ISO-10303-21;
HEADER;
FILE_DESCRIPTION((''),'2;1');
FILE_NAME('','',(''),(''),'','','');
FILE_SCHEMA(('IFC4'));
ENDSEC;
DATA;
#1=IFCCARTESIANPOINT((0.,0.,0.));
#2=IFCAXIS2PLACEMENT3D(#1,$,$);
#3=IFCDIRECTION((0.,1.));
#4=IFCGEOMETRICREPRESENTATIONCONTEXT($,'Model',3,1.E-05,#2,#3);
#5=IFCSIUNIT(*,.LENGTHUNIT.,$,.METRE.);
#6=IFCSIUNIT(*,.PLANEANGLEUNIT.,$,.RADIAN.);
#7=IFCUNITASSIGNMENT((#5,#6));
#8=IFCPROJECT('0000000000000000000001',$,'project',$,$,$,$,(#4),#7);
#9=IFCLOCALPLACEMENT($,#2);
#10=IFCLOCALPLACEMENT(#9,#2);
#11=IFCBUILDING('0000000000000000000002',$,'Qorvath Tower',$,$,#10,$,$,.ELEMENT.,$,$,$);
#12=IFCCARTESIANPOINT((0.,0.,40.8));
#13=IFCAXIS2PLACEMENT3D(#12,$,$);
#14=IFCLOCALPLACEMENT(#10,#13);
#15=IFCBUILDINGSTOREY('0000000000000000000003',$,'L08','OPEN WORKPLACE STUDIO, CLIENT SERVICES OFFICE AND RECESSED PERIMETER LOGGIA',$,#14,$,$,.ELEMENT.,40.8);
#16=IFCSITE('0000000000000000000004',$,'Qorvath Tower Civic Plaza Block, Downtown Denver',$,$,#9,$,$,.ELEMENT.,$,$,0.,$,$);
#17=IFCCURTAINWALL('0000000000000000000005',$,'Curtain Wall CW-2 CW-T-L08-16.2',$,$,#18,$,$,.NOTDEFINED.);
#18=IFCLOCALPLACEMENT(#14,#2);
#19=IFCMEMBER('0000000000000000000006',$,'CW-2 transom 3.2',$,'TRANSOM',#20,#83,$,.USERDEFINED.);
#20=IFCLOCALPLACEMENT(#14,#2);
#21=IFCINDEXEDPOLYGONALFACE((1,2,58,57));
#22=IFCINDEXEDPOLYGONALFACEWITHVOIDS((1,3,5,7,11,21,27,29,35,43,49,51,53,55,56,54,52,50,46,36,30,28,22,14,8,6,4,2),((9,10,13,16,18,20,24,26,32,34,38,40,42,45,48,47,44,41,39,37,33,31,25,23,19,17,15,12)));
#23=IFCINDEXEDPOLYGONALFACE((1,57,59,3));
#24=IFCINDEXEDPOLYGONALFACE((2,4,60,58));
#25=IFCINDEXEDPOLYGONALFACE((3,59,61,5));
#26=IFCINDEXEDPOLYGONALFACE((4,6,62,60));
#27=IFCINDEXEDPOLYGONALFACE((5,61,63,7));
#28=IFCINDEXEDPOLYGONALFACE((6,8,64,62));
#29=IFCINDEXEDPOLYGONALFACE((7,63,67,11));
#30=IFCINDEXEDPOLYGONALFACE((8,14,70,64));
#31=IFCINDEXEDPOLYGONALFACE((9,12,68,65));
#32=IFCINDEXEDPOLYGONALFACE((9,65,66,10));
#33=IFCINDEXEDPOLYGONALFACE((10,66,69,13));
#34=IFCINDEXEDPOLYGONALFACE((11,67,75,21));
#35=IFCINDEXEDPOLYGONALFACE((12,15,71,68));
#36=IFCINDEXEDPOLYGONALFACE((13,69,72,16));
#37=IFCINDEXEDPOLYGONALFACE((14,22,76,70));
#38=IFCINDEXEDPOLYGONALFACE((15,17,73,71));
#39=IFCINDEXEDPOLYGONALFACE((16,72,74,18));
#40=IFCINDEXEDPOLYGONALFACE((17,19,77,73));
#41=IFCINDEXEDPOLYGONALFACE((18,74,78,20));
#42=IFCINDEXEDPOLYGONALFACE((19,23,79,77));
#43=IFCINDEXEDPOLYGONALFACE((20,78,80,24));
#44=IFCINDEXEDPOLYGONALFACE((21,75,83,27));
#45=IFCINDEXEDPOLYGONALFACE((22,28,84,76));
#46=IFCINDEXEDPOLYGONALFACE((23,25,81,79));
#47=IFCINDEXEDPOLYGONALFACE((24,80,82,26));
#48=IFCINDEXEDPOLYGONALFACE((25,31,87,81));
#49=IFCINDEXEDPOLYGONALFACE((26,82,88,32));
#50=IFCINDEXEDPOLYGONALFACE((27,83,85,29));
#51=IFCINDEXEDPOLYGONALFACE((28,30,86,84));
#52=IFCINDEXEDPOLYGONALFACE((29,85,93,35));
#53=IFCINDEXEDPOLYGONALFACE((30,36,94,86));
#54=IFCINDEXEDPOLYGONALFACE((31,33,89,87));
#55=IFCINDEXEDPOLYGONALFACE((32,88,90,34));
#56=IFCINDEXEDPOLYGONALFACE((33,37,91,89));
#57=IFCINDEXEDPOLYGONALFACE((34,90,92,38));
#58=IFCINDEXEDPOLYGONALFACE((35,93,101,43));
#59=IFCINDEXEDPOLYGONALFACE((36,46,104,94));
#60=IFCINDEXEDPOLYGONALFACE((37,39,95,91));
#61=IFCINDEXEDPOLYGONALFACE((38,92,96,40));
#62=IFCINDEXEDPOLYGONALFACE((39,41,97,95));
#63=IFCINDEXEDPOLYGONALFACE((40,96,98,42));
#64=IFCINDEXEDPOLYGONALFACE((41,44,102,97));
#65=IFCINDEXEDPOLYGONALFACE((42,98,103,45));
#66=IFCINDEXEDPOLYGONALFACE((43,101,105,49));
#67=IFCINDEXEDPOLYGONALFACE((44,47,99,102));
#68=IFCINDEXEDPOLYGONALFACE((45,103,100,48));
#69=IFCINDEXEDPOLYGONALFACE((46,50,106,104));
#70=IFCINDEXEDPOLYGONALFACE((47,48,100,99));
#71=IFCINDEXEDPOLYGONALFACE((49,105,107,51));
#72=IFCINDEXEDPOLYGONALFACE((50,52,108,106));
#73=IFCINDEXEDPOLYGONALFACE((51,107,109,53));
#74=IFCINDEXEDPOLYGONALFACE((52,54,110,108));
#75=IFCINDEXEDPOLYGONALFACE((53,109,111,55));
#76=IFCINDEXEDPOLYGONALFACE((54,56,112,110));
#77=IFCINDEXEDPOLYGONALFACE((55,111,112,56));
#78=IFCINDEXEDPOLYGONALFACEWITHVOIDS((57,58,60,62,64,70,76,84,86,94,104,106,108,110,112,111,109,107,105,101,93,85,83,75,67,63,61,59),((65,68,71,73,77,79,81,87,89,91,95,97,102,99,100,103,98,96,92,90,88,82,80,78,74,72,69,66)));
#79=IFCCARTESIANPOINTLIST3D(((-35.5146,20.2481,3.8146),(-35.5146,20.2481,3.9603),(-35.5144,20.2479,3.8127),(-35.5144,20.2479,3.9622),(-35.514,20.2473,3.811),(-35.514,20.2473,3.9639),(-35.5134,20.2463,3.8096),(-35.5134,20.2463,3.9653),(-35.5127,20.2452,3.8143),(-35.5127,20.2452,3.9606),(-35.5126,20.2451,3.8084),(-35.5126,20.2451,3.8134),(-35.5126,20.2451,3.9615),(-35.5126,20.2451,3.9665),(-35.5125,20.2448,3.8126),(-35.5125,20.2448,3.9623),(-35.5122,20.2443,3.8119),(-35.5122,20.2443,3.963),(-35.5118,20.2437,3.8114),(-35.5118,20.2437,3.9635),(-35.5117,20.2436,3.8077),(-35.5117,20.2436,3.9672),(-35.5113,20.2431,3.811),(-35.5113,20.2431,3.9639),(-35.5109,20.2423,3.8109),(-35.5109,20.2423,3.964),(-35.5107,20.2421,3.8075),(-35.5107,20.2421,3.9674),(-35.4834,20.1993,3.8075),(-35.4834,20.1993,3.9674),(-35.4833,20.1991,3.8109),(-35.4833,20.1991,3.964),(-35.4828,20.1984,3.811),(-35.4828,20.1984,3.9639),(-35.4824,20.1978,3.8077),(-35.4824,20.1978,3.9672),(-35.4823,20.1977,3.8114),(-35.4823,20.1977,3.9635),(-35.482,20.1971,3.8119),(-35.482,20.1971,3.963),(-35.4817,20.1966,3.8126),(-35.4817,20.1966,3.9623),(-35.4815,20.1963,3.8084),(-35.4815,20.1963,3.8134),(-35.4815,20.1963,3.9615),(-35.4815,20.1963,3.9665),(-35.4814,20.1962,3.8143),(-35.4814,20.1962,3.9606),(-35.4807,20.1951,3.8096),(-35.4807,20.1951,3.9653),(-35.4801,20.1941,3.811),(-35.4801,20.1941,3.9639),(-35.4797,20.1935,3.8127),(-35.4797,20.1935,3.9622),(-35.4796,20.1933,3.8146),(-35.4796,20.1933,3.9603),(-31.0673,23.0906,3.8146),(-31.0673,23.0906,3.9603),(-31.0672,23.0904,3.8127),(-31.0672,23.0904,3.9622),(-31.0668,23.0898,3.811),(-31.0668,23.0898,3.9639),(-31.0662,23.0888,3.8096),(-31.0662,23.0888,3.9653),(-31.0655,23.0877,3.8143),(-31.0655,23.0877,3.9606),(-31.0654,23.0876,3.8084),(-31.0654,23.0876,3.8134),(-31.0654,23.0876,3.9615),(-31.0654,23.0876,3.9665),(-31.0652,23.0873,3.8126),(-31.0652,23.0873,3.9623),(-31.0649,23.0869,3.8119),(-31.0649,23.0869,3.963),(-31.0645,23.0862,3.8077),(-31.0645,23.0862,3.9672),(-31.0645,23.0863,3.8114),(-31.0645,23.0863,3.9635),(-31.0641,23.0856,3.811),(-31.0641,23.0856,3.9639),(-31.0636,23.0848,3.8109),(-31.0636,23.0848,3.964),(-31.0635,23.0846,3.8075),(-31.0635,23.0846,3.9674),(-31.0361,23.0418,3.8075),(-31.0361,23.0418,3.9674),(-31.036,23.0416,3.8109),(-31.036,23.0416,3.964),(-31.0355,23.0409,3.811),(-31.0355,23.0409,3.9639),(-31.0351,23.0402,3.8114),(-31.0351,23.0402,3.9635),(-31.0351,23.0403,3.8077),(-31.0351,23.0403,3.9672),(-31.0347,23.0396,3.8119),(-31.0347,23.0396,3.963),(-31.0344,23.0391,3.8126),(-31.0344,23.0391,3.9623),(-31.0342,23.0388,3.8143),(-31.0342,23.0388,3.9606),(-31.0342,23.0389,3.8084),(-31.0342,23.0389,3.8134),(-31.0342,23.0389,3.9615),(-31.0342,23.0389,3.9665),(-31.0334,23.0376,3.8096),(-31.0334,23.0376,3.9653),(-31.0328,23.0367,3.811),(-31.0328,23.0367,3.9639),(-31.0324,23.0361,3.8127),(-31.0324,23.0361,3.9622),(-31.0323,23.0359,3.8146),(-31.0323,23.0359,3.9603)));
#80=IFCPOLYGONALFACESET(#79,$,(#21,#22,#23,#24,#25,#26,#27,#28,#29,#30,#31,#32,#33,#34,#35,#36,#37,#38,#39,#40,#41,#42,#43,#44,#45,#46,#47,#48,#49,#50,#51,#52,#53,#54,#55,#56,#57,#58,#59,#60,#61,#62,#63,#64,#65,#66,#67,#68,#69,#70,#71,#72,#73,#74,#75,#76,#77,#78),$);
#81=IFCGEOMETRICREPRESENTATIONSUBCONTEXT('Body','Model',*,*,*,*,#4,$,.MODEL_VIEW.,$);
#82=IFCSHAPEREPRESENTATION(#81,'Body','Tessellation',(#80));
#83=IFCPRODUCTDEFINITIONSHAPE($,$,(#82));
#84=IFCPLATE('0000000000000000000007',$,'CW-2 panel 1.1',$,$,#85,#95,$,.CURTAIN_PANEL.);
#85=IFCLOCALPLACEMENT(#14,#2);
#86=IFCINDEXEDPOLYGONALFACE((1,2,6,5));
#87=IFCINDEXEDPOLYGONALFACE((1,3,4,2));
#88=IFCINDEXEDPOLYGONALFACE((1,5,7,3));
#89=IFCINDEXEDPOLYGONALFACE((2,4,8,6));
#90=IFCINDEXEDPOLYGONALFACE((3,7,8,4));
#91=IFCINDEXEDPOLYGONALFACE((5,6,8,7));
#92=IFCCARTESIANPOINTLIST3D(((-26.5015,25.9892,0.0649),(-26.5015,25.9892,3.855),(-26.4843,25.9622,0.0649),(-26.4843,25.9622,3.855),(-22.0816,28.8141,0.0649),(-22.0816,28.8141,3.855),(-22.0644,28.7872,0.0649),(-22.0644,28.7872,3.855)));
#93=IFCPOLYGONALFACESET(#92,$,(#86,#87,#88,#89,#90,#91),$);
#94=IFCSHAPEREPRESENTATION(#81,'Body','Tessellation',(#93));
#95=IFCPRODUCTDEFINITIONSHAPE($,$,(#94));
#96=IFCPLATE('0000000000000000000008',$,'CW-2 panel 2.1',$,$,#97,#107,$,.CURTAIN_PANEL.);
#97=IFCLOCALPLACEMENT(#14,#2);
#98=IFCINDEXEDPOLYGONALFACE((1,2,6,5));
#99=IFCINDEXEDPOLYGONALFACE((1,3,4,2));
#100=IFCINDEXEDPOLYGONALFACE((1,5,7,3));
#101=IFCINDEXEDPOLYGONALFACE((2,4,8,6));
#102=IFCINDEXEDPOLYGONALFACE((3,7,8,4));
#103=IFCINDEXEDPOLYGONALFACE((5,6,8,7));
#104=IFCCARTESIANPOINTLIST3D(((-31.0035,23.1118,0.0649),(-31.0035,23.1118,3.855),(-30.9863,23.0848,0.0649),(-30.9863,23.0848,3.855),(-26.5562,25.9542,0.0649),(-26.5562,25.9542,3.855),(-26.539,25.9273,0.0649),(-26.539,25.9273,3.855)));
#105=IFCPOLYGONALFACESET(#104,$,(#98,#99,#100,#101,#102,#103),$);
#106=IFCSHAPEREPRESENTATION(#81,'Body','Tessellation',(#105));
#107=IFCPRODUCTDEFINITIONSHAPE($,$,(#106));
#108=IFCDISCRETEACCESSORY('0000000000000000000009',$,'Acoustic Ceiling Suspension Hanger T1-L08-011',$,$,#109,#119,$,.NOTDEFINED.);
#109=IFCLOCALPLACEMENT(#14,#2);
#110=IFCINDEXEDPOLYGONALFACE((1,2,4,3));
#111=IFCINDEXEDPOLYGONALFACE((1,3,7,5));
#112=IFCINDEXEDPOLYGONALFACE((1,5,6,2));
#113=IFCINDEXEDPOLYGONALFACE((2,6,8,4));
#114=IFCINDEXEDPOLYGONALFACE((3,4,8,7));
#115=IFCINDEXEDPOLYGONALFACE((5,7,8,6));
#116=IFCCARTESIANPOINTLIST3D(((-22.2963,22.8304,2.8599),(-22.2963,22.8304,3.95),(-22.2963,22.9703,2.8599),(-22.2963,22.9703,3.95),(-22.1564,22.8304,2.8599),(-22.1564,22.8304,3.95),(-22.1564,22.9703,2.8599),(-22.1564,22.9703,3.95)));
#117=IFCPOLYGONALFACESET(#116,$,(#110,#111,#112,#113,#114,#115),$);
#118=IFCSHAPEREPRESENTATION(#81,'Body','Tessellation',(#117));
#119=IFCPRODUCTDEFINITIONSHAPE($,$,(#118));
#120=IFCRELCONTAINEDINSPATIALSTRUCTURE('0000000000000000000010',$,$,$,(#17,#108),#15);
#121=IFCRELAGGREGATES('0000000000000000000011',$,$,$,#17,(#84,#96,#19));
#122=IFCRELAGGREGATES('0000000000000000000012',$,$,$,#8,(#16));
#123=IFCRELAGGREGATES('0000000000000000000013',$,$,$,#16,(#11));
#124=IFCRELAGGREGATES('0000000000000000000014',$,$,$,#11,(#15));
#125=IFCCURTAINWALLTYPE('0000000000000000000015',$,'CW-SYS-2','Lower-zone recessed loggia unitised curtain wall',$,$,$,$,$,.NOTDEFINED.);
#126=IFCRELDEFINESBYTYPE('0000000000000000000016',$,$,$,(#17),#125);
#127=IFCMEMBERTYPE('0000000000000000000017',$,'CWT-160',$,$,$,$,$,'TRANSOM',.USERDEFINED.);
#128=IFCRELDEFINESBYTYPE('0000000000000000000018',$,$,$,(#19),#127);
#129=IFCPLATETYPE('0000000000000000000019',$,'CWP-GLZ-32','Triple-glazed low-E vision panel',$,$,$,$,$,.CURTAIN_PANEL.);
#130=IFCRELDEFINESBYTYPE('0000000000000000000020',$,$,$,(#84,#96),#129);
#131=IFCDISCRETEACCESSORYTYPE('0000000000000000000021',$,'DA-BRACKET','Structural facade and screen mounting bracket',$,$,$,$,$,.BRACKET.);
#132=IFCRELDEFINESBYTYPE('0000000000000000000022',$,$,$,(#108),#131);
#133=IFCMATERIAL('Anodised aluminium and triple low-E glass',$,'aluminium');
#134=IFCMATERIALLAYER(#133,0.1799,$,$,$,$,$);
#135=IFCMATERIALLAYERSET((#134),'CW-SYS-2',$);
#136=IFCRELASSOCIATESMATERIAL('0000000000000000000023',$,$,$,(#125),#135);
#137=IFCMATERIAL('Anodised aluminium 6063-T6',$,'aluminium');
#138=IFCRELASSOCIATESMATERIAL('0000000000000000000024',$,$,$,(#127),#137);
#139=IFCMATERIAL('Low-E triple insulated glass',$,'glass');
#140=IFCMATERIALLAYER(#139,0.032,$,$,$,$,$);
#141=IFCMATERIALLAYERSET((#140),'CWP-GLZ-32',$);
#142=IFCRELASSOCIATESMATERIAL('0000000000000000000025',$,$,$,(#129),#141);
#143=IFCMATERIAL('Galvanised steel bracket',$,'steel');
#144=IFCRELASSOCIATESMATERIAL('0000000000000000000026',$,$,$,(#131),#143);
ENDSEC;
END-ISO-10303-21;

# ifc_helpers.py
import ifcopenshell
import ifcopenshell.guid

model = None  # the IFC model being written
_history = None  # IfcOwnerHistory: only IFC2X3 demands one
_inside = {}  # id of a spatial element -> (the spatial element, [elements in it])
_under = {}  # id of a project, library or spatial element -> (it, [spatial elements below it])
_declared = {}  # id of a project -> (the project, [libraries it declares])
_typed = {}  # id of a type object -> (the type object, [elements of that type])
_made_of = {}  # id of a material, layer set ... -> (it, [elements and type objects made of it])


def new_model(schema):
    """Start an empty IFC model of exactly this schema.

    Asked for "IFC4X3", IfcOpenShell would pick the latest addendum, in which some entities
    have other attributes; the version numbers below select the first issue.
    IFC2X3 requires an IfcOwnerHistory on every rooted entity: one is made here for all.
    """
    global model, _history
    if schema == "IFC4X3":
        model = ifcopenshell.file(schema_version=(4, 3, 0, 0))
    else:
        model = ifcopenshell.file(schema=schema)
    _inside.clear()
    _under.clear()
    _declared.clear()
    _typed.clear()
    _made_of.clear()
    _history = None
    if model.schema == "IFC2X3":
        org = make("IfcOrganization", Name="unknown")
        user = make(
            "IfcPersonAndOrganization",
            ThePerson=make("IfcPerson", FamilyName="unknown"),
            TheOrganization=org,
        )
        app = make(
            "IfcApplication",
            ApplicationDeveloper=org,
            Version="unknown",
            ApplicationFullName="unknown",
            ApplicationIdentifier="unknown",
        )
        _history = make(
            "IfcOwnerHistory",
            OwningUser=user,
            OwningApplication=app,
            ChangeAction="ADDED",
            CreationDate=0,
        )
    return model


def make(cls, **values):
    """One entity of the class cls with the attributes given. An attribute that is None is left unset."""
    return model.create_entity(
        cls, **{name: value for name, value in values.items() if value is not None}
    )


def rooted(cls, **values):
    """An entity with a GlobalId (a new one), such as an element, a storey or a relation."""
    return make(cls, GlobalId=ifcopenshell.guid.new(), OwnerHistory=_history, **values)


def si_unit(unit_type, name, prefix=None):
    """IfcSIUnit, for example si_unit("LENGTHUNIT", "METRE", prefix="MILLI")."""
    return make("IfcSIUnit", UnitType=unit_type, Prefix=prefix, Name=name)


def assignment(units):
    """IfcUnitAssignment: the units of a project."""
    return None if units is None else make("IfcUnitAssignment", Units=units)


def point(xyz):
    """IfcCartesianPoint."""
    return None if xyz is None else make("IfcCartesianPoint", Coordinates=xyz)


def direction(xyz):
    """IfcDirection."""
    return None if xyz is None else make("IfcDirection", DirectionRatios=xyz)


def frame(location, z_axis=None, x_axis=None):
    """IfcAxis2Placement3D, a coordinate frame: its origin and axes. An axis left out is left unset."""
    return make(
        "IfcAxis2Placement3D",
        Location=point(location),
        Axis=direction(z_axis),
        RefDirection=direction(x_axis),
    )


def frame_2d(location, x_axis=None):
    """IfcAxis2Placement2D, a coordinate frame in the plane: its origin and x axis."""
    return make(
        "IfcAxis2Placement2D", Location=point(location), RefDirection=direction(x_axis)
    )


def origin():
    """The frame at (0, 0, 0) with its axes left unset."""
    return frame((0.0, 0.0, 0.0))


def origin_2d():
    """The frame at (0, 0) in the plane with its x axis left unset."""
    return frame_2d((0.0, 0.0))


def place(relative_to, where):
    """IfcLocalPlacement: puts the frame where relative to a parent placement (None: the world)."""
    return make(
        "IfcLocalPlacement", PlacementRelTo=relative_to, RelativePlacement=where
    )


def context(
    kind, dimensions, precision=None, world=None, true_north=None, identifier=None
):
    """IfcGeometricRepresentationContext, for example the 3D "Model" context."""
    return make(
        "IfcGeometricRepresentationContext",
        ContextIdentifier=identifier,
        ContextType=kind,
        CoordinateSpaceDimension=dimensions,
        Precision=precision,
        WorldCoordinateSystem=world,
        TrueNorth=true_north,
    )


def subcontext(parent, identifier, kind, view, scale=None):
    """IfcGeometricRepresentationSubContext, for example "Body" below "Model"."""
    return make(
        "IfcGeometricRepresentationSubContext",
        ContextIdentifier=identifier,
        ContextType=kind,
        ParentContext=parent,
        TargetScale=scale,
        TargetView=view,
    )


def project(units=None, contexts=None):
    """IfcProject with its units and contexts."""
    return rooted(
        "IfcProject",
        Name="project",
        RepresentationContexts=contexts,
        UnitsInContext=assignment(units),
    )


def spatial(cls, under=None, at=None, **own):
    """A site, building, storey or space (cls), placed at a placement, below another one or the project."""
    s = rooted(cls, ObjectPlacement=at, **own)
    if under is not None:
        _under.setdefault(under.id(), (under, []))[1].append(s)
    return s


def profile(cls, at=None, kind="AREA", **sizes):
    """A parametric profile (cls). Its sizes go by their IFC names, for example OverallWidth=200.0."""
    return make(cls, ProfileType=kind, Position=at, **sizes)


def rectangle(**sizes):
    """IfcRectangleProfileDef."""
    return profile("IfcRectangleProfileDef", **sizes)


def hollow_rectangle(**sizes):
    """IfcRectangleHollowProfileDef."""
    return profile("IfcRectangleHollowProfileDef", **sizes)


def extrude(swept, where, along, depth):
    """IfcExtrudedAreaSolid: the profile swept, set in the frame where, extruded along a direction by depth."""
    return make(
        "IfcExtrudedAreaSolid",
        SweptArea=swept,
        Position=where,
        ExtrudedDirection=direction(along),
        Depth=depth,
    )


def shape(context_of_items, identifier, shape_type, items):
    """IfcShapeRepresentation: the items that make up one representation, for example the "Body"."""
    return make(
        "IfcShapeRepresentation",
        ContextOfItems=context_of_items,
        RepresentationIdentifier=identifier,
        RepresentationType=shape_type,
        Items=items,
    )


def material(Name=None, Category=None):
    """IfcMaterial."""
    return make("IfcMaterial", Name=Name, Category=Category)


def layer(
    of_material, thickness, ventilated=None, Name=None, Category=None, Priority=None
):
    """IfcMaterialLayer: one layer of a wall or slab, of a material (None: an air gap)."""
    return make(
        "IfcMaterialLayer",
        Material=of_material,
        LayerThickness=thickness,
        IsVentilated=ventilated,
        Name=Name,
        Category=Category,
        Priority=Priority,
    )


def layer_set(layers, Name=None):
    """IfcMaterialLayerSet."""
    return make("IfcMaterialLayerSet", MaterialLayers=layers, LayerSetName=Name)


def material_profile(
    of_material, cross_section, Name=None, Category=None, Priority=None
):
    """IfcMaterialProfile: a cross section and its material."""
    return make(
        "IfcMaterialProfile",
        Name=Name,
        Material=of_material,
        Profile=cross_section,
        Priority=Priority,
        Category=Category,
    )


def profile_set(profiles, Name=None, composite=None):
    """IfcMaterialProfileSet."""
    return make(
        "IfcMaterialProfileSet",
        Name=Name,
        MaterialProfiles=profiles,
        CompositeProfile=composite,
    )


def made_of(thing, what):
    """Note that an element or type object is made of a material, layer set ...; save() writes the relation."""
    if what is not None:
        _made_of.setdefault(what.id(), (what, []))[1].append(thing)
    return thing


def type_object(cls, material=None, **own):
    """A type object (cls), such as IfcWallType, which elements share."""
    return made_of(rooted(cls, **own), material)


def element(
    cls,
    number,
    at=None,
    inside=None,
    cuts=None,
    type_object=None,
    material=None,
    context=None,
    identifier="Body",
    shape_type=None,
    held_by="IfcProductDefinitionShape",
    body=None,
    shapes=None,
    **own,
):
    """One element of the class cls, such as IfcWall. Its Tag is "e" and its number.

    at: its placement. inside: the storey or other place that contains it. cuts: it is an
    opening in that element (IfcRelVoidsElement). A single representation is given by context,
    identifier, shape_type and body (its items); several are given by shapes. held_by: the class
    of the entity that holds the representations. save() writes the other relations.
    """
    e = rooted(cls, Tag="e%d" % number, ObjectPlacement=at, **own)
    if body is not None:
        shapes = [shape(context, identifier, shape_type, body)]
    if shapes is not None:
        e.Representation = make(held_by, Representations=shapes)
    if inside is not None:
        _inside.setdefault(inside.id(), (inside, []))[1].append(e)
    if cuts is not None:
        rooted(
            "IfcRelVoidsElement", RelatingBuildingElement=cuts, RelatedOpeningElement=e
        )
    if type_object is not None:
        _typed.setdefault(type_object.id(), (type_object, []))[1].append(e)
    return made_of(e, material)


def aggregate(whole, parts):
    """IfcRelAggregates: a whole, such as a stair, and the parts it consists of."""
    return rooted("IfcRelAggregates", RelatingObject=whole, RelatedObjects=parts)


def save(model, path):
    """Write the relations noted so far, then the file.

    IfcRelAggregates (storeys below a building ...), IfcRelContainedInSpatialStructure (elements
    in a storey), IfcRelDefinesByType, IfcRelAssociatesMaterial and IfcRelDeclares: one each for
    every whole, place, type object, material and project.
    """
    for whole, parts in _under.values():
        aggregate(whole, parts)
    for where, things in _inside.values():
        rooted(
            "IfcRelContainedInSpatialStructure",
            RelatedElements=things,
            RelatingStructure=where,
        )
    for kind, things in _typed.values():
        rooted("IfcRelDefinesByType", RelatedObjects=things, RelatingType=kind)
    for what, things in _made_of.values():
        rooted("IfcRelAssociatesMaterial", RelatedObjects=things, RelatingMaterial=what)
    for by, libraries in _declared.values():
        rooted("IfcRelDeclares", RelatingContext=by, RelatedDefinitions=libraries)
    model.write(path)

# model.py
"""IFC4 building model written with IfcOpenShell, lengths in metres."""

from ifc_helpers import new_model, si_unit, direction, frame, origin, origin_2d, place, context, subcontext, project, spatial, rectangle, hollow_rectangle, extrude, material, layer, layer_set, material_profile, profile_set, type_object, element, aggregate, save


model = new_model("IFC4")

# Units and contexts
model_context = context("Model", 3, precision=1e-05, world=origin(), true_north=direction((0.0, 1.0)))
body_context = subcontext(model_context, "Body", "Model", "MODEL_VIEW")
ifc_project = project(units=[si_unit("LENGTHUNIT", "METRE"), si_unit("PLANEANGLEUNIT", "RADIAN")], contexts=[model_context])

# Site, building, storey
site_placement = place(None, origin())
site = spatial("IfcSite", under=ifc_project, at=site_placement, Name="Qorvath Tower Civic Plaza Block, Downtown Denver", CompositionType="ELEMENT", RefElevation=0.0)
building_placement = place(site_placement, origin())
building = spatial("IfcBuilding", under=site, at=building_placement, Name="Qorvath Tower", CompositionType="ELEMENT")
storey_placement = place(building_placement, frame((0.0, 0.0, 40.8)))
storey = spatial("IfcBuildingStorey", under=building, at=storey_placement, Name="L08", Description="OPEN WORKPLACE STUDIO, CLIENT SERVICES OFFICE AND RECESSED PERIMETER LOGGIA", CompositionType="ELEMENT", Elevation=40.8)

# Shared definitions
ifc_material_1 = material(Name="Anodised aluminium and triple low-E glass", Category="aluminium")
ifc_layer_1 = layer(ifc_material_1, 0.1799)
ifc_layer_set_1 = layer_set([ifc_layer_1], Name="CW-SYS-2")
curtain_wall_type = type_object("IfcCurtainWallType", Name="CW-SYS-2", Description="Lower-zone recessed loggia unitised curtain wall", PredefinedType="NOTDEFINED", material=ifc_layer_set_1)

# Curtain wall, member, plates
curtain_wall_1_placement = place(storey_placement, origin())
curtain_wall_1 = element("IfcCurtainWall", 1, at=curtain_wall_1_placement, inside=storey, type_object=curtain_wall_type, Name="Curtain Wall CW-2 CW-T-L08-16.2", PredefinedType="NOTDEFINED")
ifc_material_2 = material(Name="Anodised aluminium 6063-T6", Category="aluminium")
ifc_material_profile_1 = material_profile(ifc_material_2, hollow_rectangle(XDim=0.0649, YDim=0.1599, WallThickness=0.0034, InnerFilletRadius=0.0034, OuterFilletRadius=0.0071, at=origin_2d()), Name="CWT 160x65")
ifc_profile_set_1 = profile_set([ifc_material_profile_1], Name="Anodised aluminium 6063-T6")
member_type_1 = type_object("IfcMemberType", Name="CWT-160", ElementType="TRANSOM", PredefinedType="USERDEFINED", material=ifc_profile_set_1)
member_1_placement = place(storey_placement, frame((-31.0498, 23.0632, 3.8875), z_axis=(-0.842591, -0.538554, 0.0), x_axis=(0.538554, -0.842591, 0.0)))
member_1 = element("IfcMember", 2, at=member_1_placement, type_object=member_type_1, Name="CW-2 transom 3.2", ObjectType="TRANSOM", PredefinedType="USERDEFINED", context=body_context, shape_type="SweptSolid", body=[
    extrude(hollow_rectangle(XDim=0.0649, YDim=0.1599, WallThickness=0.0034, InnerFilletRadius=0.0034, OuterFilletRadius=0.0071, at=origin_2d()), origin(), (0.0, 0.0, 1.0), 5.2781),
])
ifc_material_3 = material(Name="Low-E triple insulated glass", Category="glass")
ifc_layer_2 = layer(ifc_material_3, 0.032)
ifc_layer_set_2 = layer_set([ifc_layer_2], Name="CWP-GLZ-32")
plate_type = type_object("IfcPlateType", Name="CWP-GLZ-32", Description="Triple-glazed low-E vision panel", PredefinedType="CURTAIN_PANEL", material=ifc_layer_set_2)
plate_1_placement = place(storey_placement, frame((-24.283, 27.3882, 0.0649), z_axis=(0.0, 0.0, 1.0), x_axis=(-0.842599, -0.538541, 0.0)))
plate_1 = element("IfcPlate", 3, at=plate_1_placement, type_object=plate_type, Name="CW-2 panel 1.1", PredefinedType="CURTAIN_PANEL", context=body_context, shape_type="SweptSolid", body=[
    extrude(rectangle(XDim=5.2456, YDim=0.032, at=origin_2d()), origin(), (0.0, 0.0, 1.0), 3.79),
])
plate_2_placement = place(storey_placement, frame((-28.7712, 24.5195, 0.0649), z_axis=(0.0, 0.0, 1.0), x_axis=(-0.842599, -0.538541, 0.0)))
plate_2 = element("IfcPlate", 4, at=plate_2_placement, type_object=plate_type, Name="CW-2 panel 2.1", PredefinedType="CURTAIN_PANEL", context=body_context, shape_type="SweptSolid", body=[
    extrude(rectangle(XDim=5.2781, YDim=0.032, at=origin_2d()), origin(), (0.0, 0.0, 1.0), 3.79),
])
aggregate(curtain_wall_1, [plate_1, plate_2, member_1])

# Discrete accessory
ifc_material_4 = material(Name="Galvanised steel bracket", Category="steel")
discrete_accessory_type = type_object("IfcDiscreteAccessoryType", Name="DA-BRACKET", Description="Structural facade and screen mounting bracket", PredefinedType="BRACKET", material=ifc_material_4)
discrete_accessory_placement = place(storey_placement, frame((-22.2263, 22.9004, 2.8599), z_axis=(0.0, 0.0, 1.0), x_axis=(1.0, 0.0, 0.0)))
element("IfcDiscreteAccessory", 5, at=discrete_accessory_placement, inside=storey, type_object=discrete_accessory_type, Name="Acoustic Ceiling Suspension Hanger T1-L08-011", PredefinedType="NOTDEFINED", context=body_context, shape_type="SweptSolid", body=[
    extrude(rectangle(XDim=0.1399, YDim=0.1399, at=origin_2d()), origin(), (0.0, 0.0, 1.0), 1.0901),
])

save(model, "model.ifc")
